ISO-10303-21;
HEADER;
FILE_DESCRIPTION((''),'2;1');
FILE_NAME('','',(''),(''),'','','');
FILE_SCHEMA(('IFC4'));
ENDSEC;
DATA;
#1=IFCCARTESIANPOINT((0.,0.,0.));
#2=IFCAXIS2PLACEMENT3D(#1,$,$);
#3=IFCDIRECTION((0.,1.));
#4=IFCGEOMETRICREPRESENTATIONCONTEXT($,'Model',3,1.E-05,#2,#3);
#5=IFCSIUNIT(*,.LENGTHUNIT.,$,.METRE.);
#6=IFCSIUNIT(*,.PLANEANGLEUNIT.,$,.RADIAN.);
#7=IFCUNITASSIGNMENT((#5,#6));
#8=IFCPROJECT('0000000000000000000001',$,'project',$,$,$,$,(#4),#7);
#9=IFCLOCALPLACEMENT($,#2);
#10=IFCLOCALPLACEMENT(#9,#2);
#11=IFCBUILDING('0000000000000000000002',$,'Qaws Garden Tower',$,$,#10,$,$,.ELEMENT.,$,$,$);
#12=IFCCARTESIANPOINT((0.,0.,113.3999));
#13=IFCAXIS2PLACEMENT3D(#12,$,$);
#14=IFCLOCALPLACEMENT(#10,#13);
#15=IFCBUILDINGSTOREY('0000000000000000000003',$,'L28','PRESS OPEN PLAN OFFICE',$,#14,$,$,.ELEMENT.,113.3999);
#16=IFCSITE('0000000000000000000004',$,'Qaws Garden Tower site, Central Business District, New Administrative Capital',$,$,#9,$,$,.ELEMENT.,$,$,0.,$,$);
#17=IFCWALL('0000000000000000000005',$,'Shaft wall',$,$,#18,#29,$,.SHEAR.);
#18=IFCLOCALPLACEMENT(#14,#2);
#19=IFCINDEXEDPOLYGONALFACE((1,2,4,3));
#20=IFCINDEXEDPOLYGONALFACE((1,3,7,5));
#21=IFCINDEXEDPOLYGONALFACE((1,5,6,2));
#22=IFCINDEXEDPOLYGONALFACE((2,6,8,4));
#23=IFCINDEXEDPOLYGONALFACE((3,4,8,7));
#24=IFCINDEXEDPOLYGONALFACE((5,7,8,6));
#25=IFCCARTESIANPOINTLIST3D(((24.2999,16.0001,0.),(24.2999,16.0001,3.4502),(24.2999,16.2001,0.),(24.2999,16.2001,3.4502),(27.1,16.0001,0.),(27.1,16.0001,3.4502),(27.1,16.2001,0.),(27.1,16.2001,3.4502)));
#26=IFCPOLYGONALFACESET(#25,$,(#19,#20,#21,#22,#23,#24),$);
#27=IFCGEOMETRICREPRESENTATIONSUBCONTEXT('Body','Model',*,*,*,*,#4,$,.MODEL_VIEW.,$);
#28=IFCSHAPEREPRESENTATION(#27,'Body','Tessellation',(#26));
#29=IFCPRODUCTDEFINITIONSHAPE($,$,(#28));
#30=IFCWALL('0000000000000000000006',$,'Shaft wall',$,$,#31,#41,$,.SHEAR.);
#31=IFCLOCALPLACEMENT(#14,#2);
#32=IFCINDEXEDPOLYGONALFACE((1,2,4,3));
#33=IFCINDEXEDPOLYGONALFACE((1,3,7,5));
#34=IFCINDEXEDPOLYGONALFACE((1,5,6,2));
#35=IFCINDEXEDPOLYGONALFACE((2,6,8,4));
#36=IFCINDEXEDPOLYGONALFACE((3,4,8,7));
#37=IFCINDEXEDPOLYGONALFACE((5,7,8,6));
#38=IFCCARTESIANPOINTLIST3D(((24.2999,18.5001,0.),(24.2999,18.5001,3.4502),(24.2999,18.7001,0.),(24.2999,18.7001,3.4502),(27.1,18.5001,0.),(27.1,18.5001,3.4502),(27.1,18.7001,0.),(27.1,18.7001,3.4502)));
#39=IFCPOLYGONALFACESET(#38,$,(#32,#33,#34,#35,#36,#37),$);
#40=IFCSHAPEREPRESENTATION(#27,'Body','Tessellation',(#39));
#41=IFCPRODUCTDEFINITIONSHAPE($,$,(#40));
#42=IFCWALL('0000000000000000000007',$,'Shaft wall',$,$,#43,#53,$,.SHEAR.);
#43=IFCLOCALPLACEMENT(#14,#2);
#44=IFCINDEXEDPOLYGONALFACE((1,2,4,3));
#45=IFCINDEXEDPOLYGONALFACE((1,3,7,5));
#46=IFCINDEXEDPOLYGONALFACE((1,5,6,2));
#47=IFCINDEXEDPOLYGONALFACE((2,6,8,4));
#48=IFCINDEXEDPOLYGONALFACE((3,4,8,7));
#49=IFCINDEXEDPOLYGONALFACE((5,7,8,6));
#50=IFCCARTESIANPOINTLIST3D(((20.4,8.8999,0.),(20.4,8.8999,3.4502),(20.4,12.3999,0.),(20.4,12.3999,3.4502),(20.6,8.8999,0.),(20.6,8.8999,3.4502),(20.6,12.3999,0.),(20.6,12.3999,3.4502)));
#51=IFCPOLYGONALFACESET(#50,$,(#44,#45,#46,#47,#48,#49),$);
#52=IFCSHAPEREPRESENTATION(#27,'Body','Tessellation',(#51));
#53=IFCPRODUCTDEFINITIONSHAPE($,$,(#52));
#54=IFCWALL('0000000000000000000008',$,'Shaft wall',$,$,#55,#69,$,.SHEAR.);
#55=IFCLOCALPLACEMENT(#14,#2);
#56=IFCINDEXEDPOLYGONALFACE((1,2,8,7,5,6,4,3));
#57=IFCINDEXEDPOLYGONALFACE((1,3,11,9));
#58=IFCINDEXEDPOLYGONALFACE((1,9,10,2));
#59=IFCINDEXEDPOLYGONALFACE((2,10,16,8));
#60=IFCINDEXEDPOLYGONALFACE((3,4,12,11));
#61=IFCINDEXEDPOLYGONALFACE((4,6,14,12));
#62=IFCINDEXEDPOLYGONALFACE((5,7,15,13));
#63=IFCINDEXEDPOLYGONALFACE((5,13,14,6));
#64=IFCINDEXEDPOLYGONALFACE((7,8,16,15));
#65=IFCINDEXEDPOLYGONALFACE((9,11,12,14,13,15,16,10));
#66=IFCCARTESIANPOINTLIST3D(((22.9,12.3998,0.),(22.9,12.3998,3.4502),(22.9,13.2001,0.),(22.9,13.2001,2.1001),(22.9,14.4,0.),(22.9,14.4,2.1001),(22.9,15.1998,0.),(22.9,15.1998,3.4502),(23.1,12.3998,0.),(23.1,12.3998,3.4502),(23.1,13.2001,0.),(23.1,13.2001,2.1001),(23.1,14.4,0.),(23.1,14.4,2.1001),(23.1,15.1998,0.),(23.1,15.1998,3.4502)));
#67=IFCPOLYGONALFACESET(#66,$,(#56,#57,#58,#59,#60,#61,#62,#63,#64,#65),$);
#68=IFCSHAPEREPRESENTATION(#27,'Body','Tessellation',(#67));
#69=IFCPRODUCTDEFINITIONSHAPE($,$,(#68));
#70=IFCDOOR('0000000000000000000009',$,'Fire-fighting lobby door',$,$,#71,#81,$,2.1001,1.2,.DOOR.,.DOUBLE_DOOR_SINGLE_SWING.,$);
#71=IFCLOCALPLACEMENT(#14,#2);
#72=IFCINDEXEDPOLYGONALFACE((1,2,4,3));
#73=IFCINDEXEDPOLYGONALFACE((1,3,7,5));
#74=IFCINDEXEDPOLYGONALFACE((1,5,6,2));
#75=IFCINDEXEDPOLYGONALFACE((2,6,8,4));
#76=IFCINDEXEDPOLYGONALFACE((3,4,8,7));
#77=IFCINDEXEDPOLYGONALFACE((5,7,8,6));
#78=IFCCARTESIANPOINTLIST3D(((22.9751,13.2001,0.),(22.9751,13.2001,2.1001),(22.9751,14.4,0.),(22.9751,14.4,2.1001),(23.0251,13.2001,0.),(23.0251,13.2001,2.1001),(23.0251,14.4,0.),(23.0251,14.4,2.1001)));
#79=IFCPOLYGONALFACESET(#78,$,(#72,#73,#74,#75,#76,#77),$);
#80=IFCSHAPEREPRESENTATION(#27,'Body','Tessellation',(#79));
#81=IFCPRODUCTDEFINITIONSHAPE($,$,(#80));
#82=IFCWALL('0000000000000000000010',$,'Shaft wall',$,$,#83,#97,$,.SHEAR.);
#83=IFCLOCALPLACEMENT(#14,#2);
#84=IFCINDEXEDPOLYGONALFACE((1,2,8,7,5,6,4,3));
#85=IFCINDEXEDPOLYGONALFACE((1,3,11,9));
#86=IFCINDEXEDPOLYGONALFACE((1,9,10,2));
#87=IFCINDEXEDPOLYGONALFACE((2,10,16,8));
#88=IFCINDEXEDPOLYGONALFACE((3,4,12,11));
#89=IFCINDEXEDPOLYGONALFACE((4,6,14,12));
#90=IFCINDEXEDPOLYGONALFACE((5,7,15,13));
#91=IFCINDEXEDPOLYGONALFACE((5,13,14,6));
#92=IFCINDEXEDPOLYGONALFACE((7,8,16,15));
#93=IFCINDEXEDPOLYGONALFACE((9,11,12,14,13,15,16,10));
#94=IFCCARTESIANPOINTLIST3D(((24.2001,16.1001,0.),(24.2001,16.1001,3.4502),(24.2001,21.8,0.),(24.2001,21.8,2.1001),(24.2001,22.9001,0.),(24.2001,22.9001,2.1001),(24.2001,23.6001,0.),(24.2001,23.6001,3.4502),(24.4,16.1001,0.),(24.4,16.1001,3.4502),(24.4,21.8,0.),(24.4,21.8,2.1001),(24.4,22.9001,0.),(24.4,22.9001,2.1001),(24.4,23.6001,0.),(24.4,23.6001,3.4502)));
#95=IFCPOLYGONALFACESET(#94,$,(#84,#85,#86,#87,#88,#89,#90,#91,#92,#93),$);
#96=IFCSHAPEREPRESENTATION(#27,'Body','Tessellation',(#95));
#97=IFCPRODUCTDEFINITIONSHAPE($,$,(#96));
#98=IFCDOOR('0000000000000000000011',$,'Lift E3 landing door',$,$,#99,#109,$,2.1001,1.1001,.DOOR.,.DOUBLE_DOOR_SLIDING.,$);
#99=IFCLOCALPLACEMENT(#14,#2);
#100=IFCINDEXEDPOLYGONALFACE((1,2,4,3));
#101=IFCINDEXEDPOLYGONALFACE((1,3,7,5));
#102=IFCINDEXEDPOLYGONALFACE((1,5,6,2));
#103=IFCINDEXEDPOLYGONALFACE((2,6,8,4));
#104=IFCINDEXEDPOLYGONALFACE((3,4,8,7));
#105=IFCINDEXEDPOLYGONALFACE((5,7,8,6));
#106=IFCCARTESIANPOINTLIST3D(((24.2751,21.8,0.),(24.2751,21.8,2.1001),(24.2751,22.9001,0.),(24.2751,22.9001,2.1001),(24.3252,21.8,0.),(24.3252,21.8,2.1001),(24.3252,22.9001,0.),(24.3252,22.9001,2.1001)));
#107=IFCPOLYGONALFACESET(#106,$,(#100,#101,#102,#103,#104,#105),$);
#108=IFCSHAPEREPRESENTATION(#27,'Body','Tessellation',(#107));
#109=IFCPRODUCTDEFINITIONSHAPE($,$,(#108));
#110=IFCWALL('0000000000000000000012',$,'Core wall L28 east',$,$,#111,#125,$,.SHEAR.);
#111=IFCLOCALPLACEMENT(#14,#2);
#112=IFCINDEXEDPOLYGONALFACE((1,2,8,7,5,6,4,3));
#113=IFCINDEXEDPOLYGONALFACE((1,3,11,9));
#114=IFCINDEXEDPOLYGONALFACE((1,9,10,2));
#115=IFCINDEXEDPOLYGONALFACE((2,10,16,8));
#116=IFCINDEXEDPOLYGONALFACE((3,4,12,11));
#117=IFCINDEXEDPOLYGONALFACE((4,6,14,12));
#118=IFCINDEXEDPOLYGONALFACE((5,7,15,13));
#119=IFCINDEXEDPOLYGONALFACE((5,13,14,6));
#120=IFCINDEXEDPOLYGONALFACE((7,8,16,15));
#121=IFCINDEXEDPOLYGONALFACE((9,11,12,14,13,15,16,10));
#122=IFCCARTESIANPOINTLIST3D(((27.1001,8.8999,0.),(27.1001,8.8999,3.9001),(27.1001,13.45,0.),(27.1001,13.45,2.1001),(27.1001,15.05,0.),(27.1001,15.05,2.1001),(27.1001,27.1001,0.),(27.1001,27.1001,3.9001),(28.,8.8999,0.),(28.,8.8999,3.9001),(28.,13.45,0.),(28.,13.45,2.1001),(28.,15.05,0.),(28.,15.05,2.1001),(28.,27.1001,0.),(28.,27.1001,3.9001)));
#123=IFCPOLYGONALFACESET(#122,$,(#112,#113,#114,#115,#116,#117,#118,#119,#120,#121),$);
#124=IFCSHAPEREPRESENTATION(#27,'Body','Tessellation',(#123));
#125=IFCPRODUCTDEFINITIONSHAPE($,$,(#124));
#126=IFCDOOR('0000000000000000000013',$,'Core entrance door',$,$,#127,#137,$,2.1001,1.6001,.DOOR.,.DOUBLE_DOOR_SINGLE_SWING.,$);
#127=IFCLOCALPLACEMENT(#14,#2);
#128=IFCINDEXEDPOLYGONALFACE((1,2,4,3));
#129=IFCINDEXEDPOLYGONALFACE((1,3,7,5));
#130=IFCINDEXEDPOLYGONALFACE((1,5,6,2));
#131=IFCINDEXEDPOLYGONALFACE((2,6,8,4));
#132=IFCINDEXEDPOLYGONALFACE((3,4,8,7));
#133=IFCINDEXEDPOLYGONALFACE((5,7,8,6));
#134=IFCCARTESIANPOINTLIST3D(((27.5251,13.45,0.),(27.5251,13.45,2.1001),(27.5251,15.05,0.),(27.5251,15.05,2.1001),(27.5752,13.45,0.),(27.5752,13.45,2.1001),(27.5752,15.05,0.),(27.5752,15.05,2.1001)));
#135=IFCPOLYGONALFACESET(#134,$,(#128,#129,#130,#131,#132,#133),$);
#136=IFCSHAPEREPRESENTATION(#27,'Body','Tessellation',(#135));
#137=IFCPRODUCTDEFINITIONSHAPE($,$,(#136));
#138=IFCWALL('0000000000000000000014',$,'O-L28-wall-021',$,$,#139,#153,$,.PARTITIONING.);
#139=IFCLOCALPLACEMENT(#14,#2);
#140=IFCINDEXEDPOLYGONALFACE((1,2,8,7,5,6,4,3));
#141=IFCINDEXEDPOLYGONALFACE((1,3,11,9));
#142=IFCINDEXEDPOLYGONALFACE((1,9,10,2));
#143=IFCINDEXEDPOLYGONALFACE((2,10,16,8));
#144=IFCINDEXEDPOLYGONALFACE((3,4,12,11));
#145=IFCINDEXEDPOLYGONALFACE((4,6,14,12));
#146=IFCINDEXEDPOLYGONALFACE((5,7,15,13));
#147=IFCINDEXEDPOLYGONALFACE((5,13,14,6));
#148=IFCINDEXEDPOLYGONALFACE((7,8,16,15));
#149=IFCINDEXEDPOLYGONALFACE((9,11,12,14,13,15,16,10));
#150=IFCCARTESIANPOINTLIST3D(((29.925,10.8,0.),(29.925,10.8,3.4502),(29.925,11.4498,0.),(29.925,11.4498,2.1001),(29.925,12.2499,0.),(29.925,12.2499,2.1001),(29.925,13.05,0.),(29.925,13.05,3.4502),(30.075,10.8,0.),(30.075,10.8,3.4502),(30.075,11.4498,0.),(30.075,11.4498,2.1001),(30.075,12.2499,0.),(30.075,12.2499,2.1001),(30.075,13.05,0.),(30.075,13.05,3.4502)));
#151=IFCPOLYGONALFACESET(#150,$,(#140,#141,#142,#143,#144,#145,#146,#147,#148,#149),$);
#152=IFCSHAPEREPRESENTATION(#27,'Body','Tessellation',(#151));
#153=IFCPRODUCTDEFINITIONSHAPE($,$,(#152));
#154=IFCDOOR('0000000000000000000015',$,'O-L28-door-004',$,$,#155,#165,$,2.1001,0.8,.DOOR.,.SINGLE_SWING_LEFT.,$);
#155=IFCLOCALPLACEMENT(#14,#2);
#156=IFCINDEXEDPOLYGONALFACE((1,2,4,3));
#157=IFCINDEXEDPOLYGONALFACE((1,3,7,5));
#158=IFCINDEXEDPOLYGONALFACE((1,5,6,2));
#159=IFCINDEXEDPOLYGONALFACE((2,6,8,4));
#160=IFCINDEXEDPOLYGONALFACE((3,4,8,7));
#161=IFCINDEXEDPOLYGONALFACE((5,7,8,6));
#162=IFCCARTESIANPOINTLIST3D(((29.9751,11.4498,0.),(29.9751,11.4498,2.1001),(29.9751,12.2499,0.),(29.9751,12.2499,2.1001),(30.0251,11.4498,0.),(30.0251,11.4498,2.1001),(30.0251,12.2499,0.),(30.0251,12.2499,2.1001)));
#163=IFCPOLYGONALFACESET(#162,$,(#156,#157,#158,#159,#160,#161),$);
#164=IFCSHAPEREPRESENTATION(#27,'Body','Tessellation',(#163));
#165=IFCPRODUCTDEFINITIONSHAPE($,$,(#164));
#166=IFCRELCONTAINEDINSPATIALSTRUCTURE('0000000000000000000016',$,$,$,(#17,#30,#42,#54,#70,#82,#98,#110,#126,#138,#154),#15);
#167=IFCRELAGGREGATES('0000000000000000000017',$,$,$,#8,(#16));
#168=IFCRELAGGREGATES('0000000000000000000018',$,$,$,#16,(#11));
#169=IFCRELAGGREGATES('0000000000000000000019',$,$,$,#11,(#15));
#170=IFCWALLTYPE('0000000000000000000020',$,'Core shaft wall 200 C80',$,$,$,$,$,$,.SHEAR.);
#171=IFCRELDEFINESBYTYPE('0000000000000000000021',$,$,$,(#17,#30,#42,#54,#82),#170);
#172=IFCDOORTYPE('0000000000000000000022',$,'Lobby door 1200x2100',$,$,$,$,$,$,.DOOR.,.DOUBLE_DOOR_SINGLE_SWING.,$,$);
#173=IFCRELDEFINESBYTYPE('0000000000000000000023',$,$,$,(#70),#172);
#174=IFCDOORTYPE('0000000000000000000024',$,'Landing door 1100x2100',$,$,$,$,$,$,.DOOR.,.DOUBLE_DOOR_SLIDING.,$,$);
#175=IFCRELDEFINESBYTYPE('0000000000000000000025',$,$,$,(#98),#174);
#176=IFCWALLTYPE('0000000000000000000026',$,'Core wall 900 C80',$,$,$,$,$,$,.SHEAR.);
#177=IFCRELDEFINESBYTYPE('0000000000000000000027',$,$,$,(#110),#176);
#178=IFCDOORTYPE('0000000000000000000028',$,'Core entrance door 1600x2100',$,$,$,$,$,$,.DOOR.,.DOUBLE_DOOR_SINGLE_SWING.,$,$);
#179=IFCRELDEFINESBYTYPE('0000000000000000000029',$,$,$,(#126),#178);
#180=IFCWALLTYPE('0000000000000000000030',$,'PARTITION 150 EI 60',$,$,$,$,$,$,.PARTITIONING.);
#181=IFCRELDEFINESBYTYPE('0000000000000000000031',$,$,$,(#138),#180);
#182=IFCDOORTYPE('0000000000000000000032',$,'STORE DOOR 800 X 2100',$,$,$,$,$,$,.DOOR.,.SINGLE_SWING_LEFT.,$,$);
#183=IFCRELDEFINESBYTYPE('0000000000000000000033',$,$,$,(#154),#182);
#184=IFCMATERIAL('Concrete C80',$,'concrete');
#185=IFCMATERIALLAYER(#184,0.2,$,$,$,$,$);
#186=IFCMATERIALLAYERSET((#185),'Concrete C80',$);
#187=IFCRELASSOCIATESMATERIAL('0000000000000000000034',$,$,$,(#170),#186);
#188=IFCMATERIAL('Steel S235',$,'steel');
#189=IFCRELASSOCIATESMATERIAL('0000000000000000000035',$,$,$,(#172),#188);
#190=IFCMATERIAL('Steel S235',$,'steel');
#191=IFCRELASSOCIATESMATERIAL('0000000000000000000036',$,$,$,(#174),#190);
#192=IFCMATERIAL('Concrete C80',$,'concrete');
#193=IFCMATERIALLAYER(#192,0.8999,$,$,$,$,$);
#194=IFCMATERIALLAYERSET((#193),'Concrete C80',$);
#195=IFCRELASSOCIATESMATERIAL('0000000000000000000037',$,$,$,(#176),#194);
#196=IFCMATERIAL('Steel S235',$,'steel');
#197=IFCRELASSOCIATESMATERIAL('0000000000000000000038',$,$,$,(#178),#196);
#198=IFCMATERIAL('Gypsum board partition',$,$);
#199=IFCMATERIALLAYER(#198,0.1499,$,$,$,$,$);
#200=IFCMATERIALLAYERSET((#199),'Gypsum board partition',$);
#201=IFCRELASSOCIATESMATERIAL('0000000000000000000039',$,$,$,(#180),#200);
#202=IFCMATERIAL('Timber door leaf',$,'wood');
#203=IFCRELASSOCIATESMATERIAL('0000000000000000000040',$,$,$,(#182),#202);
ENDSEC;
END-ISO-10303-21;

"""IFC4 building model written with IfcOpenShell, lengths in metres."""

from ifc_helpers import new_model, si_unit, direction, frame, frame_2d, origin, place, context, subcontext, project, spatial, rectangle, extrude, material, layer, layer_set, type_object, element, fill, save


model = new_model("IFC4")

# Units and contexts
model_context = context("Model", 3, precision=1e-05, world=origin(), true_north=direction((0.0, 1.0)))
body_context = subcontext(model_context, "Body", "Model", "MODEL_VIEW")
ifc_project = project(units=[si_unit("LENGTHUNIT", "METRE"), si_unit("PLANEANGLEUNIT", "RADIAN")], contexts=[model_context])

# Site, building, storey
site_placement = place(None, origin())
site = spatial("IfcSite", under=ifc_project, at=site_placement, Name="Qaws Garden Tower site, Central Business District, New Administrative Capital", CompositionType="ELEMENT", RefElevation=0.0)
building_placement = place(site_placement, origin())
building = spatial("IfcBuilding", under=site, at=building_placement, Name="Qaws Garden Tower", CompositionType="ELEMENT")
storey_placement = place(building_placement, frame((0.0, 0.0, 113.3999)))
storey = spatial("IfcBuildingStorey", under=building, at=storey_placement, Name="L28", Description="PRESS OPEN PLAN OFFICE", CompositionType="ELEMENT", Elevation=113.3999)

# Walls
ifc_material_1 = material(Name="Concrete C80", Category="concrete")
ifc_layer_1 = layer(ifc_material_1, 0.2)
ifc_layer_set_1 = layer_set([ifc_layer_1], Name="Concrete C80")
wall_type_1 = type_object("IfcWallType", Name="Core shaft wall 200 C80", PredefinedType="SHEAR", material=ifc_layer_set_1)
for number, where, z_axis, x_axis, name in (
    (1, (24.3, 16.1001, 0.0), (0.0, 0.0, 1.0), (1.0, 0.0, 0.0), "Shaft wall"),
    (2, (24.3, 18.6001, 0.0), (0.0, 0.0, 1.0), (1.0, 0.0, 0.0), "Shaft wall"),
):
    element("IfcWall", number, at=place(storey_placement, frame(where, z_axis=z_axis, x_axis=x_axis)), inside=storey, type_object=wall_type_1, Name=name, PredefinedType="SHEAR", context=body_context, shape_type="SweptSolid", body=[
        extrude(rectangle(XDim=2.8, YDim=0.2, at=frame_2d((1.3999, 0.0))), origin(), (0.0, 0.0, 1.0), 3.4502),
    ])
wall_1_placement = place(storey_placement, frame((20.5, 8.8999, 0.0), z_axis=(0.0, 0.0, 1.0), x_axis=(0.0, 1.0, 0.0)))
element("IfcWall", 3, at=wall_1_placement, inside=storey, type_object=wall_type_1, Name="Shaft wall", PredefinedType="SHEAR", context=body_context, shape_type="SweptSolid", body=[
    extrude(rectangle(XDim=3.5, YDim=0.2, at=frame_2d((1.75, 0.0))), origin(), (0.0, 0.0, 1.0), 3.4502),
])

# Walls, openings, doors
wall_2_placement = place(storey_placement, frame((23.0, 12.3999, 0.0), z_axis=(0.0, 0.0, 1.0), x_axis=(0.0, 1.0, 0.0)))
wall_2 = element("IfcWall", 4, at=wall_2_placement, inside=storey, type_object=wall_type_1, Name="Shaft wall", PredefinedType="SHEAR", context=body_context, shape_type="SweptSolid", body=[
    extrude(rectangle(XDim=2.8, YDim=0.2, at=frame_2d((1.3999, 0.0))), origin(), (0.0, 0.0, 1.0), 3.4502),
])
opening_1_placement = place(wall_2_placement, frame((0.8, 0.0, 0.0)))
opening_1 = element("IfcOpeningElement", 5, at=opening_1_placement, cuts=wall_2, PredefinedType="OPENING", context=body_context, shape_type="SweptSolid", body=[
    extrude(rectangle(XDim=1.2, YDim=2.1001, at=frame_2d((0.6001, 1.05))), frame((0.0, 0.1099, 0.0), z_axis=(0.0, -1.0, 0.0), x_axis=(1.0, 0.0, 0.0)), (0.0, 0.0, 1.0), 0.22),
])
ifc_material_2 = material(Name="Steel S235", Category="steel")
door_type_1 = type_object("IfcDoorType", Name="Lobby door 1200x2100", OperationType="DOUBLE_DOOR_SINGLE_SWING", PredefinedType="DOOR", material=ifc_material_2)
door_1_placement = place(opening_1_placement, origin())
door_1 = element("IfcDoor", 6, at=door_1_placement, inside=storey, type_object=door_type_1, Name="Fire-fighting lobby door", OperationType="DOUBLE_DOOR_SINGLE_SWING", OverallHeight=2.1001, OverallWidth=1.2, PredefinedType="DOOR", context=body_context, shape_type="SweptSolid", body=[
    extrude(rectangle(XDim=1.2, YDim=2.1001, at=frame_2d((0.6001, 1.05))), frame((0.0, 0.0249, 0.0), z_axis=(0.0, -1.0, 0.0), x_axis=(1.0, 0.0, 0.0)), (0.0, 0.0, 1.0), 0.05),
])
fill(opening_1, door_1)
wall_3_placement = place(storey_placement, frame((24.3, 16.1001, 0.0), z_axis=(0.0, 0.0, 1.0), x_axis=(0.0, 1.0, 0.0)))
wall_3 = element("IfcWall", 7, at=wall_3_placement, inside=storey, type_object=wall_type_1, Name="Shaft wall", PredefinedType="SHEAR", context=body_context, shape_type="SweptSolid", body=[
    extrude(rectangle(XDim=7.5, YDim=0.2, at=frame_2d((3.75, 0.0))), origin(), (0.0, 0.0, 1.0), 3.4502),
])
opening_2_placement = place(wall_3_placement, frame((5.7, 0.0, 0.0)))
opening_2 = element("IfcOpeningElement", 8, at=opening_2_placement, cuts=wall_3, PredefinedType="OPENING", context=body_context, shape_type="SweptSolid", body=[
    extrude(rectangle(XDim=1.1001, YDim=2.1001, at=frame_2d((0.55, 1.05))), frame((0.0, 0.1099, 0.0), z_axis=(0.0, -1.0, 0.0), x_axis=(1.0, 0.0, 0.0)), (0.0, 0.0, 1.0), 0.22),
])
ifc_material_3 = material(Name="Steel S235", Category="steel")
door_type_2 = type_object("IfcDoorType", Name="Landing door 1100x2100", OperationType="DOUBLE_DOOR_SLIDING", PredefinedType="DOOR", material=ifc_material_3)
door_2_placement = place(opening_2_placement, origin())
door_2 = element("IfcDoor", 9, at=door_2_placement, inside=storey, type_object=door_type_2, Name="Lift E3 landing door", OperationType="DOUBLE_DOOR_SLIDING", OverallHeight=2.1001, OverallWidth=1.1001, PredefinedType="DOOR", context=body_context, shape_type="SweptSolid", body=[
    extrude(rectangle(XDim=1.1001, YDim=2.1001, at=frame_2d((0.55, 1.05))), frame((0.0, 0.0249, 0.0), z_axis=(0.0, -1.0, 0.0), x_axis=(1.0, 0.0, 0.0)), (0.0, 0.0, 1.0), 0.05),
])
fill(opening_2, door_2)
ifc_material_4 = material(Name="Concrete C80", Category="concrete")
ifc_layer_2 = layer(ifc_material_4, 0.8999)
ifc_layer_set_2 = layer_set([ifc_layer_2], Name="Concrete C80")
wall_type_2 = type_object("IfcWallType", Name="Core wall 900 C80", PredefinedType="SHEAR", material=ifc_layer_set_2)
wall_4_placement = place(storey_placement, frame((27.55, 8.8999, 0.0), z_axis=(0.0, 0.0, 1.0), x_axis=(0.0, 1.0, 0.0)))
wall_4 = element("IfcWall", 10, at=wall_4_placement, inside=storey, type_object=wall_type_2, Name="Core wall L28 east", PredefinedType="SHEAR", context=body_context, shape_type="SweptSolid", body=[
    extrude(rectangle(XDim=18.2002, YDim=0.8999, at=frame_2d((9.1001, 0.0))), origin(), (0.0, 0.0, 1.0), 3.9001),
])
opening_3_placement = place(wall_4_placement, frame((4.55, 0.0, 0.0)))
opening_3 = element("IfcOpeningElement", 11, at=opening_3_placement, cuts=wall_4, PredefinedType="OPENING", context=body_context, shape_type="SweptSolid", body=[
    extrude(rectangle(XDim=1.6001, YDim=2.1001, at=frame_2d((0.8, 1.05))), frame((0.0, 0.46, 0.0), z_axis=(0.0, -1.0, 0.0), x_axis=(1.0, 0.0, 0.0)), (0.0, 0.0, 1.0), 0.9199),
])
ifc_material_5 = material(Name="Steel S235", Category="steel")
door_type_3 = type_object("IfcDoorType", Name="Core entrance door 1600x2100", OperationType="DOUBLE_DOOR_SINGLE_SWING", PredefinedType="DOOR", material=ifc_material_5)
door_3_placement = place(opening_3_placement, origin())
door_3 = element("IfcDoor", 12, at=door_3_placement, inside=storey, type_object=door_type_3, Name="Core entrance door", OperationType="DOUBLE_DOOR_SINGLE_SWING", OverallHeight=2.1001, OverallWidth=1.6001, PredefinedType="DOOR", context=body_context, shape_type="SweptSolid", body=[
    extrude(rectangle(XDim=1.6001, YDim=2.1001, at=frame_2d((0.8, 1.05))), frame((0.0, 0.0249, 0.0), z_axis=(0.0, -1.0, 0.0), x_axis=(1.0, 0.0, 0.0)), (0.0, 0.0, 1.0), 0.05),
])
fill(opening_3, door_3)
ifc_material_6 = material(Name="Gypsum board partition")
ifc_layer_3 = layer(ifc_material_6, 0.1499)
ifc_layer_set_3 = layer_set([ifc_layer_3], Name="Gypsum board partition")
wall_type_3 = type_object("IfcWallType", Name="PARTITION 150 EI 60", PredefinedType="PARTITIONING", material=ifc_layer_set_3)
wall_5_placement = place(storey_placement, frame((30.0, 10.8, 0.0), z_axis=(0.0, 0.0, 1.0), x_axis=(0.0, 1.0, 0.0)))
wall_5 = element("IfcWall", 13, at=wall_5_placement, inside=storey, type_object=wall_type_3, Name="O-L28-wall-021", PredefinedType="PARTITIONING", context=body_context, shape_type="SweptSolid", body=[
    extrude(rectangle(XDim=2.25, YDim=0.1499, at=frame_2d((1.125, 0.0))), origin(), (0.0, 0.0, 1.0), 3.4502),
])
opening_4_placement = place(wall_5_placement, frame((0.6499, 0.0, 0.0)))
opening_4 = element("IfcOpeningElement", 14, at=opening_4_placement, cuts=wall_5, PredefinedType="OPENING", context=body_context, shape_type="SweptSolid", body=[
    extrude(rectangle(XDim=0.8, YDim=2.1001, at=frame_2d((0.3999, 1.05))), frame((0.0, 0.085, 0.0), z_axis=(0.0, -1.0, 0.0), x_axis=(1.0, 0.0, 0.0)), (0.0, 0.0, 1.0), 0.1699),
])
ifc_material_7 = material(Name="Timber door leaf", Category="wood")
door_type_4 = type_object("IfcDoorType", Name="STORE DOOR 800 X 2100", OperationType="SINGLE_SWING_LEFT", PredefinedType="DOOR", material=ifc_material_7)
door_4_placement = place(opening_4_placement, origin())
door_4 = element("IfcDoor", 15, at=door_4_placement, inside=storey, type_object=door_type_4, Name="O-L28-door-004", OperationType="SINGLE_SWING_LEFT", OverallHeight=2.1001, OverallWidth=0.8, PredefinedType="DOOR", context=body_context, shape_type="SweptSolid", body=[
    extrude(rectangle(XDim=0.8, YDim=2.1001, at=frame_2d((0.3999, 1.05))), frame((0.0, 0.0249, 0.0), z_axis=(0.0, -1.0, 0.0), x_axis=(1.0, 0.0, 0.0)), (0.0, 0.0, 1.0), 0.05),
])
fill(opening_4, door_4)

save(model, "model.ifc")
